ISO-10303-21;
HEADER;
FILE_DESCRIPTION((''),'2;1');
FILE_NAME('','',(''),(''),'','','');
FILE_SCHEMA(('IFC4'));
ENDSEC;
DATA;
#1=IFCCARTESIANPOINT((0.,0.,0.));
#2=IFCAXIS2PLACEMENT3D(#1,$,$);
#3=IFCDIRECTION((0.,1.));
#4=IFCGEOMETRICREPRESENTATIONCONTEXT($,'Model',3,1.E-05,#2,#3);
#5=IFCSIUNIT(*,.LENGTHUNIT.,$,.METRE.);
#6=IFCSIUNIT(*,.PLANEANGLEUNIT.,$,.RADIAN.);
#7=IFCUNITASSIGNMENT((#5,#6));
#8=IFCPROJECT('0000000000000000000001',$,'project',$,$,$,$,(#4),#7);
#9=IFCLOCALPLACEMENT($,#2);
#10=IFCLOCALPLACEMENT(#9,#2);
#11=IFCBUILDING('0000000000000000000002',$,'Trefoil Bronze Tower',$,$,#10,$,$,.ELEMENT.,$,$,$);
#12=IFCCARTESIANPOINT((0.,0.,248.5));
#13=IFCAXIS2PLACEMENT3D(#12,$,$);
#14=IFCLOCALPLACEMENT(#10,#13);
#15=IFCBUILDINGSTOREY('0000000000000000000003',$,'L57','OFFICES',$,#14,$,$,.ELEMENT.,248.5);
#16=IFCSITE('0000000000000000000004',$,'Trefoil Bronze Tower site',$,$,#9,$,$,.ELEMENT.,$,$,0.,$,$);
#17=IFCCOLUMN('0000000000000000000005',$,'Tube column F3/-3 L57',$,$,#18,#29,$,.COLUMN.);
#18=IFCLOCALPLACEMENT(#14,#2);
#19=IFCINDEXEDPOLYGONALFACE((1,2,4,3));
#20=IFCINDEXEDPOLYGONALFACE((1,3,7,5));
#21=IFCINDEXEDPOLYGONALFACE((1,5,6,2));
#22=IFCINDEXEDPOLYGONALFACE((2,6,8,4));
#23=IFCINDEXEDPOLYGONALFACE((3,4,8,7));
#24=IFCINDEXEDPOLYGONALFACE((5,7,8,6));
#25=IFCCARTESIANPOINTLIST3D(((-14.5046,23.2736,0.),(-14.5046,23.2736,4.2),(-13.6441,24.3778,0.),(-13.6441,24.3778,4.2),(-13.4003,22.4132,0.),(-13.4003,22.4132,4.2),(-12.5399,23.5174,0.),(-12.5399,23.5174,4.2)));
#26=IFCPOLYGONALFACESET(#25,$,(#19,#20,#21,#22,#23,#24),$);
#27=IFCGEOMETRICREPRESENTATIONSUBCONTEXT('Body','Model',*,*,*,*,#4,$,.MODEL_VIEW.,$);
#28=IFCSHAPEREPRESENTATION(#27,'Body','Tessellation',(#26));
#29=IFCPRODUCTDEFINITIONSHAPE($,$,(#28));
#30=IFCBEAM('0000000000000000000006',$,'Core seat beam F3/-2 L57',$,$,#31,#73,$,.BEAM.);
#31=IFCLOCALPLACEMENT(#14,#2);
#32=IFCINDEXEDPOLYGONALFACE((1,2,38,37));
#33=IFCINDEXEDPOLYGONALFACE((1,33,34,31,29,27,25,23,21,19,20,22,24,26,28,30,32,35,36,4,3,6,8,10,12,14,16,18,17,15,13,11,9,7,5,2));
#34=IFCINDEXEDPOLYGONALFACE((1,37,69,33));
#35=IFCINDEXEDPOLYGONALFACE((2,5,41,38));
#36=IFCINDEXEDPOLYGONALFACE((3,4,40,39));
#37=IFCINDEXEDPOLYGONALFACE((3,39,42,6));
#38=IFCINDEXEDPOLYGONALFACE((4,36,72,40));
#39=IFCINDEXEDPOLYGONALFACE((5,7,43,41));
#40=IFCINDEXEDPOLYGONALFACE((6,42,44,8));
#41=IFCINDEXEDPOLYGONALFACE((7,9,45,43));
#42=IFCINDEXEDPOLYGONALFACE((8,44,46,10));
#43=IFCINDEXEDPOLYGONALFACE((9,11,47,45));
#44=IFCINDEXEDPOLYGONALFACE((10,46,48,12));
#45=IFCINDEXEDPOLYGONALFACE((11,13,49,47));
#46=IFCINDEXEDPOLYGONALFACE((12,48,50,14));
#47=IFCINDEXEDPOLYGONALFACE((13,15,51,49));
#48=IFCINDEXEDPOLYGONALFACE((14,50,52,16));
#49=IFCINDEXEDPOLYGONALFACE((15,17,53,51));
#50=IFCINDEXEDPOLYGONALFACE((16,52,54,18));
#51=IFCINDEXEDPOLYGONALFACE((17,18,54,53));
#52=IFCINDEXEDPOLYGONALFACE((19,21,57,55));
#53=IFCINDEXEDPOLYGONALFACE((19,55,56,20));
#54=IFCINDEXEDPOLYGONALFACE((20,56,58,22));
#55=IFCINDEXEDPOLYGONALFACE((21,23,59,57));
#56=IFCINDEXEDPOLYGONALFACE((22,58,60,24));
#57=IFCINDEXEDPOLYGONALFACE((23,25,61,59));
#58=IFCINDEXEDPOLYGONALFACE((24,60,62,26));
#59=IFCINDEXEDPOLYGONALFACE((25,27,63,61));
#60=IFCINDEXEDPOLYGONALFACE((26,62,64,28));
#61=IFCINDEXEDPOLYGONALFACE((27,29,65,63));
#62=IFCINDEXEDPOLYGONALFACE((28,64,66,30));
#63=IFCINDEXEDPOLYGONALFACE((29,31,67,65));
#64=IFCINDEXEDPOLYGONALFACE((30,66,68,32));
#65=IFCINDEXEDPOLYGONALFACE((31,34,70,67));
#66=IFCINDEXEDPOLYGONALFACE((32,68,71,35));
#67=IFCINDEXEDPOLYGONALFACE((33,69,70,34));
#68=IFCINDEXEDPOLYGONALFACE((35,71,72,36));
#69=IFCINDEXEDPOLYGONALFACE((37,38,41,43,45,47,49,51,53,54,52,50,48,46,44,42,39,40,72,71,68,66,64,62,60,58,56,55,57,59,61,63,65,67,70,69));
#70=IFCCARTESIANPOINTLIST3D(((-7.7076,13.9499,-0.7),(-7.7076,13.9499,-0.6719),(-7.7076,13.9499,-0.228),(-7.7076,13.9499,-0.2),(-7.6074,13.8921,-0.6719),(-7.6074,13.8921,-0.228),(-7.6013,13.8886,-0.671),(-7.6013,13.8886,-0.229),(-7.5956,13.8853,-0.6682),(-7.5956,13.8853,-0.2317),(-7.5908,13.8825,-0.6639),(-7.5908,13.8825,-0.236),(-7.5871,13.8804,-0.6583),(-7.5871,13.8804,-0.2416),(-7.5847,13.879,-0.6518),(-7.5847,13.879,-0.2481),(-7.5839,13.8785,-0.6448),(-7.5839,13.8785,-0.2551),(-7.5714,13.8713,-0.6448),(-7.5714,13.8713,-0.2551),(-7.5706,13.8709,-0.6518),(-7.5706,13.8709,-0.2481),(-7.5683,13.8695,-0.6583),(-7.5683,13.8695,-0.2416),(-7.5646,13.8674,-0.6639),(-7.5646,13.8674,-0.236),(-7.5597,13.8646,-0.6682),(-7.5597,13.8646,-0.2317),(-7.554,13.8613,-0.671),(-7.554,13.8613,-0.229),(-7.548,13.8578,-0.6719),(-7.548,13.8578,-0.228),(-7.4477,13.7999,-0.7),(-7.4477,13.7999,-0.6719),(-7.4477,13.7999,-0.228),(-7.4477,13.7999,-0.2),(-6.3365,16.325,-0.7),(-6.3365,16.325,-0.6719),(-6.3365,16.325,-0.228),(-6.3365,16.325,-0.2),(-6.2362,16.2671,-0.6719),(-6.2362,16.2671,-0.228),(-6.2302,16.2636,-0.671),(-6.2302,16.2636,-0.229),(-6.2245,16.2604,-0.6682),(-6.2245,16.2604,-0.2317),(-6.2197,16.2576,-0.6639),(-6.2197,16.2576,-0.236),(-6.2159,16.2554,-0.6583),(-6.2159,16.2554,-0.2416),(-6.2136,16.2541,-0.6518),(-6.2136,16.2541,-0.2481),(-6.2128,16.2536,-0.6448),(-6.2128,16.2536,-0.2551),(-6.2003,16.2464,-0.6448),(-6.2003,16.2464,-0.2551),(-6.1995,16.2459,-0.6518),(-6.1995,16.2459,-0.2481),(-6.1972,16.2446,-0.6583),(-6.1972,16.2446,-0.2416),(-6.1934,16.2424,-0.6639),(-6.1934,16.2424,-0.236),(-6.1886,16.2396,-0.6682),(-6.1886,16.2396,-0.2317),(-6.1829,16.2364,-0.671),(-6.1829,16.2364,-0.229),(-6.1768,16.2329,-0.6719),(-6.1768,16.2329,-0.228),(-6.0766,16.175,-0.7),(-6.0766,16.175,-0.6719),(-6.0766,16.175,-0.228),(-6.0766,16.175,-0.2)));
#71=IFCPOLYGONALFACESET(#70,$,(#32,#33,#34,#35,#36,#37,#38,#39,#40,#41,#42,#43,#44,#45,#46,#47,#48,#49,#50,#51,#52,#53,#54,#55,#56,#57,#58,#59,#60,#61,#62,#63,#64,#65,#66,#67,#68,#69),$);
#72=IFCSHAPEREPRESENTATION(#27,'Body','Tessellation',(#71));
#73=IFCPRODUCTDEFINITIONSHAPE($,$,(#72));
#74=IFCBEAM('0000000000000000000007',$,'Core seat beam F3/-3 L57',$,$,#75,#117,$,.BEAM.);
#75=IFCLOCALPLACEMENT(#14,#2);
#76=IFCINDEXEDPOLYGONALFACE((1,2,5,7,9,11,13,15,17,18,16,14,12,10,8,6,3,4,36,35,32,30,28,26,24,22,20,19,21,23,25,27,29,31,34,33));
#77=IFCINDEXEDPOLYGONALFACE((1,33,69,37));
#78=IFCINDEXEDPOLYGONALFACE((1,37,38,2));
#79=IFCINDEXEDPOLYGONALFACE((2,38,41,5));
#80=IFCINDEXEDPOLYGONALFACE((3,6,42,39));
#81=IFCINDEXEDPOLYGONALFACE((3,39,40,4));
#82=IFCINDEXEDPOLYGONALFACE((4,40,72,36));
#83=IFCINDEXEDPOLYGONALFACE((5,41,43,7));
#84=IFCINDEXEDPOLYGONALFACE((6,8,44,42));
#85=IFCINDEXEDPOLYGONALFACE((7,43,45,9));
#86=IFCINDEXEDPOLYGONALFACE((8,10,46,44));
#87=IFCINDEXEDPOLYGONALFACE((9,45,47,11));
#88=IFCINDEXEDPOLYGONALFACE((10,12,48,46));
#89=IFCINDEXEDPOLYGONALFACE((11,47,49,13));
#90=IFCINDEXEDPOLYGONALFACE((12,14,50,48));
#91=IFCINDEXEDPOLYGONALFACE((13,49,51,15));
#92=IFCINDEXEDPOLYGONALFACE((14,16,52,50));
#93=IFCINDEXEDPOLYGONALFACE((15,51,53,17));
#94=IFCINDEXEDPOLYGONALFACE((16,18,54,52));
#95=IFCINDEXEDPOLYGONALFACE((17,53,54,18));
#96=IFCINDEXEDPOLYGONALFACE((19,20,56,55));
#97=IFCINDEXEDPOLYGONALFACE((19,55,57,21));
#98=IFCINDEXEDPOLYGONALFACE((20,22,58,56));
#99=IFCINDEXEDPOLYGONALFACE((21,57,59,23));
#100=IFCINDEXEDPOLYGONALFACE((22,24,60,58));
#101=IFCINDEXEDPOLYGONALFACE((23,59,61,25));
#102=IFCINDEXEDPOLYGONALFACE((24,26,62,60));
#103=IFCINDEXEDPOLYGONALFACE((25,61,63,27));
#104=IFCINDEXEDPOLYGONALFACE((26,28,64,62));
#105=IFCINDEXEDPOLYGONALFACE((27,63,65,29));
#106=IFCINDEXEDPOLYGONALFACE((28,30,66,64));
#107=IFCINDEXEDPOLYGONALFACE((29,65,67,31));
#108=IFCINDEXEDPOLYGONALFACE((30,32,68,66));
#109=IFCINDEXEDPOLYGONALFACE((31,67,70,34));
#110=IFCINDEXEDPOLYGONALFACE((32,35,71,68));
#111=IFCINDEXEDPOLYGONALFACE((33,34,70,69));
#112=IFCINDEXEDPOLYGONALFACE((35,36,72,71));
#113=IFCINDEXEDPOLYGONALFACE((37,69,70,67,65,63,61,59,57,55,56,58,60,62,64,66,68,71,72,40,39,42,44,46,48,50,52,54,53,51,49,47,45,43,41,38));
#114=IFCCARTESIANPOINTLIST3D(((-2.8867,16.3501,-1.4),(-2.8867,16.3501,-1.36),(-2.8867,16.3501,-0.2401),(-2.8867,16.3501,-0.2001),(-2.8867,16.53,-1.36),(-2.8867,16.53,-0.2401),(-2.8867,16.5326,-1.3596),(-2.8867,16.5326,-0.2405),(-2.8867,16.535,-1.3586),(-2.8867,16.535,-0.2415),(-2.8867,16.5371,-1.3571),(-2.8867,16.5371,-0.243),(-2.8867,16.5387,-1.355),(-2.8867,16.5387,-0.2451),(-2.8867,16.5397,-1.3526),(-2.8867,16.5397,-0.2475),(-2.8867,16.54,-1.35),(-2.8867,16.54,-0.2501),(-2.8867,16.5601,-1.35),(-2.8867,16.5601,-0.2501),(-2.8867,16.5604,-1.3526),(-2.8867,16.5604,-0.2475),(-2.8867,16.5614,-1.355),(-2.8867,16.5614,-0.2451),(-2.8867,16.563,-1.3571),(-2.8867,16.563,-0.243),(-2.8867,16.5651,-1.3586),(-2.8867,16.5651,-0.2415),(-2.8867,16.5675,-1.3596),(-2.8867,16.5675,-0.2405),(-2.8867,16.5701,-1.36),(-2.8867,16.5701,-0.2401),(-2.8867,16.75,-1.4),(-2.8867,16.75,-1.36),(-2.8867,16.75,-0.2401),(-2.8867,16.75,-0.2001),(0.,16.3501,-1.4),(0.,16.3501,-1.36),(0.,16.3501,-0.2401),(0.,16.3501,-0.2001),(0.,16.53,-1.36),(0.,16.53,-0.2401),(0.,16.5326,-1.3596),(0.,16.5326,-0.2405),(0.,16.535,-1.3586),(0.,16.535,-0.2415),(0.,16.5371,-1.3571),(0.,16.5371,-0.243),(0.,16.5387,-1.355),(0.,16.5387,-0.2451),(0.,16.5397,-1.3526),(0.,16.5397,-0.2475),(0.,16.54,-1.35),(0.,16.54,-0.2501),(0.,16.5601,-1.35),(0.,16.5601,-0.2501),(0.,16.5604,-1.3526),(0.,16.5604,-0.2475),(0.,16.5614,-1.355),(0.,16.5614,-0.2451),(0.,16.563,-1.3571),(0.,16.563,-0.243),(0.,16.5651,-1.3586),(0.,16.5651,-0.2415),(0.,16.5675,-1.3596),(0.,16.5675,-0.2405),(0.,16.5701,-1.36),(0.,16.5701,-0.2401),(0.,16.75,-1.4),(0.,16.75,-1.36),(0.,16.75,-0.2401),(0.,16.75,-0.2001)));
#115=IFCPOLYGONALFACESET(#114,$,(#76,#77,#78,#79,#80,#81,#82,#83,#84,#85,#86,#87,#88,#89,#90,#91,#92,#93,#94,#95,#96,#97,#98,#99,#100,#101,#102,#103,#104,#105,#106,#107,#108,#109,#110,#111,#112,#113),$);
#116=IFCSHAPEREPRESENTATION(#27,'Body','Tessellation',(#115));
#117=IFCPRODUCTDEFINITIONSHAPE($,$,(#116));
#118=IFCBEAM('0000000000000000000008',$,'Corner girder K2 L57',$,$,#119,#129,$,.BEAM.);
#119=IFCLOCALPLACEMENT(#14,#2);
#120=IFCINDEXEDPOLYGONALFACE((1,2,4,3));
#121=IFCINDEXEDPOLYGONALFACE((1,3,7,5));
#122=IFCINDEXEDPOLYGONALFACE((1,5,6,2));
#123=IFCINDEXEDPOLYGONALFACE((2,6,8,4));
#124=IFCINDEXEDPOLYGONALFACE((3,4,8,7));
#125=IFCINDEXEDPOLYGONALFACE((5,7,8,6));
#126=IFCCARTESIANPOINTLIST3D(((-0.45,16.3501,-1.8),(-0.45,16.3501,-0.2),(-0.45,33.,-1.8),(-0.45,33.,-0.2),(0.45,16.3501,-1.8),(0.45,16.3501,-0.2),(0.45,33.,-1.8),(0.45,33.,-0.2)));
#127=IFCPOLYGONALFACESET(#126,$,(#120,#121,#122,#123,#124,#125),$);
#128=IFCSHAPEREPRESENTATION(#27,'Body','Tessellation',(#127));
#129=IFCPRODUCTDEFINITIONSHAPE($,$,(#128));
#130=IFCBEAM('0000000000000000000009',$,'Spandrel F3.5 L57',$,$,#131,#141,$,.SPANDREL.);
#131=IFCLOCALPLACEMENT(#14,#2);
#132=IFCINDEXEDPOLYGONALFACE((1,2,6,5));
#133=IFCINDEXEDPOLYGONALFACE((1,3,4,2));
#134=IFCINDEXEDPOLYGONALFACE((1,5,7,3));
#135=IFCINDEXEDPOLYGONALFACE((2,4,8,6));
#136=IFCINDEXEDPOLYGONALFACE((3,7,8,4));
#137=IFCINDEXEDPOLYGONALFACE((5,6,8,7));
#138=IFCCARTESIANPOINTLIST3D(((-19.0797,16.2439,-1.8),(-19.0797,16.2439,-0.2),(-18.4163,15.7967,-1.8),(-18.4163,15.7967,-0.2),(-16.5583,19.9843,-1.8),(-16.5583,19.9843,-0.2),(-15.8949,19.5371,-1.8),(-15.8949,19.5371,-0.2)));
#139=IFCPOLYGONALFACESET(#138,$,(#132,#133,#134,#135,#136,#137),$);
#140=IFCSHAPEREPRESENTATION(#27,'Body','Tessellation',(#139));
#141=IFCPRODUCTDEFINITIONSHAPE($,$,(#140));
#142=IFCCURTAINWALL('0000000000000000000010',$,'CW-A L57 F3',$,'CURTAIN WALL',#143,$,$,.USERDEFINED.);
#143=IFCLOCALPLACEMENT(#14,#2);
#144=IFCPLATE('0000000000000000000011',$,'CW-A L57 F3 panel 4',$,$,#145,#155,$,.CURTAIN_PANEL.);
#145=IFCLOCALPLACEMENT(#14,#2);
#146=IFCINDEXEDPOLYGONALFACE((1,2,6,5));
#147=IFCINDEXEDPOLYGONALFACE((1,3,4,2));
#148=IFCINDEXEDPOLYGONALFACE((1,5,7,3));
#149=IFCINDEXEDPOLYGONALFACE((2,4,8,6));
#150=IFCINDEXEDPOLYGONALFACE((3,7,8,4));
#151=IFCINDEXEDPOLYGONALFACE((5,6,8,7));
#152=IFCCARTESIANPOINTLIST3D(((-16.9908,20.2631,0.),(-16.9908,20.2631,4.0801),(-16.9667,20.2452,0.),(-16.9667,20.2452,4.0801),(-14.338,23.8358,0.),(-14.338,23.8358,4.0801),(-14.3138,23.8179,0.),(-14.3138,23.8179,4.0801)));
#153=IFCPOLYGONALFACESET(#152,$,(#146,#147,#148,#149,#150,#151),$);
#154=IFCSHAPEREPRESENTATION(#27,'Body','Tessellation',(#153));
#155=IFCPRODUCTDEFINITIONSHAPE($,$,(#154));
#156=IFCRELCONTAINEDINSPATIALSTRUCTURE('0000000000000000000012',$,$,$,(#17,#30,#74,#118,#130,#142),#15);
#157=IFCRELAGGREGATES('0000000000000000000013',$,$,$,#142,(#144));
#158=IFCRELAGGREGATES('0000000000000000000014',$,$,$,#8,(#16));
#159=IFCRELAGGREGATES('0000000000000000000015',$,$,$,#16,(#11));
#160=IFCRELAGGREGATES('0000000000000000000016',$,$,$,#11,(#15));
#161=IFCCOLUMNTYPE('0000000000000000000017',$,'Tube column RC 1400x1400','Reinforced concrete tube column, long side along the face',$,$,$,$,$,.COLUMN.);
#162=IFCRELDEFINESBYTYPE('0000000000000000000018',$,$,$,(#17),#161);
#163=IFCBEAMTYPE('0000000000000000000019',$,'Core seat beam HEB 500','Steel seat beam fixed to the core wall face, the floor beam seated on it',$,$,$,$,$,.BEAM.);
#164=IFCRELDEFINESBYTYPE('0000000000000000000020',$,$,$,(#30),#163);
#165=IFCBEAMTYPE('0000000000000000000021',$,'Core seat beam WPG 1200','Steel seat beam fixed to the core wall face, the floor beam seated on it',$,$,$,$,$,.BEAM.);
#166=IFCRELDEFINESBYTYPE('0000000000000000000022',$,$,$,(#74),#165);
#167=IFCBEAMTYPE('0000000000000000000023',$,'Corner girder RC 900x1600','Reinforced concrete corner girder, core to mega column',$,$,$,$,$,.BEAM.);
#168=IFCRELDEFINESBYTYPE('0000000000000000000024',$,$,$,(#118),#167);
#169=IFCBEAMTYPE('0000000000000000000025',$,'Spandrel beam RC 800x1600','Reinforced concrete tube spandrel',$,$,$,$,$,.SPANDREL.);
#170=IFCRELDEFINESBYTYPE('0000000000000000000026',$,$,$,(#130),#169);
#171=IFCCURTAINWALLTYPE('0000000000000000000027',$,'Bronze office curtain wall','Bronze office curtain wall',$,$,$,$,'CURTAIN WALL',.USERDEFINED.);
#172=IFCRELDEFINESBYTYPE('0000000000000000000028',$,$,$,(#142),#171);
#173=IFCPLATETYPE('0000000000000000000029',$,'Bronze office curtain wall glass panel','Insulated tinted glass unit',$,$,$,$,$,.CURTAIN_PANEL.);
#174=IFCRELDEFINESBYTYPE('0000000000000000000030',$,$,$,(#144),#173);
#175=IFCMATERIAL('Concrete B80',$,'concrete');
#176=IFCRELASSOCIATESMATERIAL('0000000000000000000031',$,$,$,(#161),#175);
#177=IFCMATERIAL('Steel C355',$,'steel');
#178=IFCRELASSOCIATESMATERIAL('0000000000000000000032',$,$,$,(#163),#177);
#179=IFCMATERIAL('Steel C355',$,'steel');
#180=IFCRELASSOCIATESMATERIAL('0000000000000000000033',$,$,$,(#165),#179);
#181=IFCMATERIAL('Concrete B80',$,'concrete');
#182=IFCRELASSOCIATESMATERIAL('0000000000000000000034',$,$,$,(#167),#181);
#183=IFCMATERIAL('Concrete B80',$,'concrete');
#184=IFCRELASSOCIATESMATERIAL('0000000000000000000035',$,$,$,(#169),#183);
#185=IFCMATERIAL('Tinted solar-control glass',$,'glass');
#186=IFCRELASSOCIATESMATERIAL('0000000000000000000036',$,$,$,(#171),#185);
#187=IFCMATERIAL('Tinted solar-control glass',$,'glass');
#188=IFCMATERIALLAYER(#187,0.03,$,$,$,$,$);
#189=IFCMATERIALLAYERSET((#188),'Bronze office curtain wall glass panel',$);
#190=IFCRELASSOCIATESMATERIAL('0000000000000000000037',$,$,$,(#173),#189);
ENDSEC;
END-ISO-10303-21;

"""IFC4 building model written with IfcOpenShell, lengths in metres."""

from ifc_helpers import new_model, si_unit, direction, frame, origin, origin_2d, place, context, subcontext, project, spatial, rectangle, i_section, extrude, material, layer, layer_set, material_profile, profile_set, type_object, element, aggregate, save


model = new_model("IFC4")

# Units and contexts
model_context = context("Model", 3, precision=1e-05, world=origin(), true_north=direction((0.0, 1.0)))
body_context = subcontext(model_context, "Body", "Model", "MODEL_VIEW")
ifc_project = project(units=[si_unit("LENGTHUNIT", "METRE"), si_unit("PLANEANGLEUNIT", "RADIAN")], contexts=[model_context])

# Site, building, storey
site_placement = place(None, origin())
site = spatial("IfcSite", under=ifc_project, at=site_placement, Name="Trefoil Bronze Tower site", CompositionType="ELEMENT", RefElevation=0.0)
building_placement = place(site_placement, origin())
building = spatial("IfcBuilding", under=site, at=building_placement, Name="Trefoil Bronze Tower", CompositionType="ELEMENT")
storey_placement = place(building_placement, frame((0.0, 0.0, 248.5)))
storey = spatial("IfcBuildingStorey", under=building, at=storey_placement, Name="L57", Description="OFFICES", CompositionType="ELEMENT", Elevation=248.5)

# Column
ifc_material_1 = material(Name="Concrete B80", Category="concrete")
ifc_material_profile_1 = material_profile(ifc_material_1, rectangle(XDim=1.3999, YDim=1.3999, at=origin_2d()), Name="RC 1400x1400")
ifc_profile_set_1 = profile_set([ifc_material_profile_1], Name="Concrete B80")
column_type = type_object("IfcColumnType", Name="Tube column RC 1400x1400", Description="Reinforced concrete tube column, long side along the face", PredefinedType="COLUMN", material=ifc_profile_set_1)
column_placement = place(storey_placement, frame((-13.5222, 23.3955, 0.0), z_axis=(0.0, 0.0, 1.0), x_axis=(-0.614622, -0.788821, 0.0)))
element("IfcColumn", 1, at=column_placement, inside=storey, type_object=column_type, Name="Tube column F3/-3 L57", PredefinedType="COLUMN", context=body_context, shape_type="SweptSolid", body=[
    extrude(rectangle(XDim=1.3999, YDim=1.3999, at=origin_2d()), origin(), (0.0, 0.0, 1.0), 4.2),
])

# Beams
ifc_material_2 = material(Name="Steel C355", Category="steel")
ifc_material_profile_2 = material_profile(ifc_material_2, i_section(OverallWidth=0.3, OverallDepth=0.5, WebThickness=0.0144, FlangeThickness=0.0281, FilletRadius=0.0271, at=origin_2d()), Name="HEB 500")
ifc_profile_set_2 = profile_set([ifc_material_profile_2], Name="Steel C355")
beam_type_1 = type_object("IfcBeamType", Name="Core seat beam HEB 500", Description="Steel seat beam fixed to the core wall face, the floor beam seated on it", PredefinedType="BEAM", material=ifc_profile_set_2)
beam_1_placement = place(storey_placement, frame((-6.2065, 16.25, -0.45), z_axis=(-0.499969, -0.866043, 0.0), x_axis=(0.866043, -0.499969, 0.0)))
element("IfcBeam", 2, at=beam_1_placement, inside=storey, type_object=beam_type_1, Name="Core seat beam F3/-2 L57", PredefinedType="BEAM", context=body_context, shape_type="SweptSolid", body=[
    extrude(i_section(OverallWidth=0.3, OverallDepth=0.5, WebThickness=0.0144, FlangeThickness=0.0281, FilletRadius=0.0271, at=origin_2d()), origin(), (0.0, 0.0, 1.0), 2.7424),
])
ifc_material_3 = material(Name="Steel C355", Category="steel")
ifc_material_profile_3 = material_profile(ifc_material_3, i_section(OverallWidth=0.3999, OverallDepth=1.2, WebThickness=0.02, FlangeThickness=0.04, FilletRadius=0.01, at=origin_2d()), Name="WPG 1200")
ifc_profile_set_3 = profile_set([ifc_material_profile_3], Name="Steel C355")
beam_type_2 = type_object("IfcBeamType", Name="Core seat beam WPG 1200", Description="Steel seat beam fixed to the core wall face, the floor beam seated on it", PredefinedType="BEAM", material=ifc_profile_set_3)
beam_2_placement = place(storey_placement, frame((0.0, 16.55, -0.8), z_axis=(-1.0, 0.0, 0.0), x_axis=(0.0, -1.0, 0.0)))
element("IfcBeam", 3, at=beam_2_placement, inside=storey, type_object=beam_type_2, Name="Core seat beam F3/-3 L57", PredefinedType="BEAM", context=body_context, shape_type="SweptSolid", body=[
    extrude(i_section(OverallWidth=0.3999, OverallDepth=1.2, WebThickness=0.02, FlangeThickness=0.04, FilletRadius=0.01, at=origin_2d()), origin(), (0.0, 0.0, 1.0), 2.8867),
])
ifc_material_4 = material(Name="Concrete B80", Category="concrete")
ifc_material_profile_4 = material_profile(ifc_material_4, rectangle(XDim=0.8999, YDim=1.6001, at=origin_2d()), Name="RC 900x1600")
ifc_profile_set_4 = profile_set([ifc_material_profile_4], Name="Concrete B80")
beam_type_3 = type_object("IfcBeamType", Name="Corner girder RC 900x1600", Description="Reinforced concrete corner girder, core to mega column", PredefinedType="BEAM", material=ifc_profile_set_4)
beam_3_placement = place(storey_placement, frame((0.0, 16.3501, -1.0), z_axis=(0.0, 1.0, 0.0), x_axis=(-1.0, 0.0, 0.0)))
element("IfcBeam", 4, at=beam_3_placement, inside=storey, type_object=beam_type_3, Name="Corner girder K2 L57", PredefinedType="BEAM", context=body_context, shape_type="SweptSolid", body=[
    extrude(rectangle(XDim=0.8999, YDim=1.6001, at=origin_2d()), origin(), (0.0, 0.0, 1.0), 16.6499),
])
ifc_material_5 = material(Name="Concrete B80", Category="concrete")
ifc_material_profile_5 = material_profile(ifc_material_5, rectangle(XDim=0.8, YDim=1.6001, at=origin_2d()), Name="RC 800x1600")
ifc_profile_set_5 = profile_set([ifc_material_profile_5], Name="Concrete B80")
beam_type_4 = type_object("IfcBeamType", Name="Spandrel beam RC 800x1600", Description="Reinforced concrete tube spandrel", PredefinedType="SPANDREL", material=ifc_profile_set_5)
beam_4_placement = place(storey_placement, frame((-16.2266, 19.7607, -1.0), z_axis=(-0.558964, -0.829192, 0.0), x_axis=(0.829192, -0.558964, 0.0)))
element("IfcBeam", 5, at=beam_4_placement, inside=storey, type_object=beam_type_4, Name="Spandrel F3.5 L57", PredefinedType="SPANDREL", context=body_context, shape_type="SweptSolid", body=[
    extrude(rectangle(XDim=0.8, YDim=1.6001, at=origin_2d()), origin(), (0.0, 0.0, 1.0), 4.511),
])

# Curtain wall, plate
ifc_material_6 = material(Name="Tinted solar-control glass", Category="glass")
curtain_wall_type = type_object("IfcCurtainWallType", Name="Bronze office curtain wall", Description="Bronze office curtain wall", ElementType="CURTAIN WALL", PredefinedType="USERDEFINED", material=ifc_material_6)
curtain_wall_placement = place(storey_placement, origin())
curtain_wall = element("IfcCurtainWall", 6, at=curtain_wall_placement, inside=storey, type_object=curtain_wall_type, Name="CW-A L57 F3", ObjectType="CURTAIN WALL", PredefinedType="USERDEFINED")
ifc_material_7 = material(Name="Tinted solar-control glass", Category="glass")
ifc_layer_1 = layer(ifc_material_7, 0.03)
ifc_layer_set_1 = layer_set([ifc_layer_1], Name="Bronze office curtain wall glass panel")
plate_type = type_object("IfcPlateType", Name="Bronze office curtain wall glass panel", Description="Insulated tinted glass unit", PredefinedType="CURTAIN_PANEL", material=ifc_layer_set_1)
plate_placement = place(storey_placement, frame((-15.6523, 22.0405, 0.0), z_axis=(0.0, 0.0, 1.0), x_axis=(-0.596162, -0.802865, 0.0)))
plate = element("IfcPlate", 7, at=plate_placement, type_object=plate_type, Name="CW-A L57 F3 panel 4", PredefinedType="CURTAIN_PANEL", context=body_context, shape_type="SweptSolid", body=[
    extrude(rectangle(XDim=4.45, YDim=0.03, at=origin_2d()), origin(), (0.0, 0.0, 1.0), 4.0801),
])
aggregate(curtain_wall, [plate])

save(model, "model.ifc")
